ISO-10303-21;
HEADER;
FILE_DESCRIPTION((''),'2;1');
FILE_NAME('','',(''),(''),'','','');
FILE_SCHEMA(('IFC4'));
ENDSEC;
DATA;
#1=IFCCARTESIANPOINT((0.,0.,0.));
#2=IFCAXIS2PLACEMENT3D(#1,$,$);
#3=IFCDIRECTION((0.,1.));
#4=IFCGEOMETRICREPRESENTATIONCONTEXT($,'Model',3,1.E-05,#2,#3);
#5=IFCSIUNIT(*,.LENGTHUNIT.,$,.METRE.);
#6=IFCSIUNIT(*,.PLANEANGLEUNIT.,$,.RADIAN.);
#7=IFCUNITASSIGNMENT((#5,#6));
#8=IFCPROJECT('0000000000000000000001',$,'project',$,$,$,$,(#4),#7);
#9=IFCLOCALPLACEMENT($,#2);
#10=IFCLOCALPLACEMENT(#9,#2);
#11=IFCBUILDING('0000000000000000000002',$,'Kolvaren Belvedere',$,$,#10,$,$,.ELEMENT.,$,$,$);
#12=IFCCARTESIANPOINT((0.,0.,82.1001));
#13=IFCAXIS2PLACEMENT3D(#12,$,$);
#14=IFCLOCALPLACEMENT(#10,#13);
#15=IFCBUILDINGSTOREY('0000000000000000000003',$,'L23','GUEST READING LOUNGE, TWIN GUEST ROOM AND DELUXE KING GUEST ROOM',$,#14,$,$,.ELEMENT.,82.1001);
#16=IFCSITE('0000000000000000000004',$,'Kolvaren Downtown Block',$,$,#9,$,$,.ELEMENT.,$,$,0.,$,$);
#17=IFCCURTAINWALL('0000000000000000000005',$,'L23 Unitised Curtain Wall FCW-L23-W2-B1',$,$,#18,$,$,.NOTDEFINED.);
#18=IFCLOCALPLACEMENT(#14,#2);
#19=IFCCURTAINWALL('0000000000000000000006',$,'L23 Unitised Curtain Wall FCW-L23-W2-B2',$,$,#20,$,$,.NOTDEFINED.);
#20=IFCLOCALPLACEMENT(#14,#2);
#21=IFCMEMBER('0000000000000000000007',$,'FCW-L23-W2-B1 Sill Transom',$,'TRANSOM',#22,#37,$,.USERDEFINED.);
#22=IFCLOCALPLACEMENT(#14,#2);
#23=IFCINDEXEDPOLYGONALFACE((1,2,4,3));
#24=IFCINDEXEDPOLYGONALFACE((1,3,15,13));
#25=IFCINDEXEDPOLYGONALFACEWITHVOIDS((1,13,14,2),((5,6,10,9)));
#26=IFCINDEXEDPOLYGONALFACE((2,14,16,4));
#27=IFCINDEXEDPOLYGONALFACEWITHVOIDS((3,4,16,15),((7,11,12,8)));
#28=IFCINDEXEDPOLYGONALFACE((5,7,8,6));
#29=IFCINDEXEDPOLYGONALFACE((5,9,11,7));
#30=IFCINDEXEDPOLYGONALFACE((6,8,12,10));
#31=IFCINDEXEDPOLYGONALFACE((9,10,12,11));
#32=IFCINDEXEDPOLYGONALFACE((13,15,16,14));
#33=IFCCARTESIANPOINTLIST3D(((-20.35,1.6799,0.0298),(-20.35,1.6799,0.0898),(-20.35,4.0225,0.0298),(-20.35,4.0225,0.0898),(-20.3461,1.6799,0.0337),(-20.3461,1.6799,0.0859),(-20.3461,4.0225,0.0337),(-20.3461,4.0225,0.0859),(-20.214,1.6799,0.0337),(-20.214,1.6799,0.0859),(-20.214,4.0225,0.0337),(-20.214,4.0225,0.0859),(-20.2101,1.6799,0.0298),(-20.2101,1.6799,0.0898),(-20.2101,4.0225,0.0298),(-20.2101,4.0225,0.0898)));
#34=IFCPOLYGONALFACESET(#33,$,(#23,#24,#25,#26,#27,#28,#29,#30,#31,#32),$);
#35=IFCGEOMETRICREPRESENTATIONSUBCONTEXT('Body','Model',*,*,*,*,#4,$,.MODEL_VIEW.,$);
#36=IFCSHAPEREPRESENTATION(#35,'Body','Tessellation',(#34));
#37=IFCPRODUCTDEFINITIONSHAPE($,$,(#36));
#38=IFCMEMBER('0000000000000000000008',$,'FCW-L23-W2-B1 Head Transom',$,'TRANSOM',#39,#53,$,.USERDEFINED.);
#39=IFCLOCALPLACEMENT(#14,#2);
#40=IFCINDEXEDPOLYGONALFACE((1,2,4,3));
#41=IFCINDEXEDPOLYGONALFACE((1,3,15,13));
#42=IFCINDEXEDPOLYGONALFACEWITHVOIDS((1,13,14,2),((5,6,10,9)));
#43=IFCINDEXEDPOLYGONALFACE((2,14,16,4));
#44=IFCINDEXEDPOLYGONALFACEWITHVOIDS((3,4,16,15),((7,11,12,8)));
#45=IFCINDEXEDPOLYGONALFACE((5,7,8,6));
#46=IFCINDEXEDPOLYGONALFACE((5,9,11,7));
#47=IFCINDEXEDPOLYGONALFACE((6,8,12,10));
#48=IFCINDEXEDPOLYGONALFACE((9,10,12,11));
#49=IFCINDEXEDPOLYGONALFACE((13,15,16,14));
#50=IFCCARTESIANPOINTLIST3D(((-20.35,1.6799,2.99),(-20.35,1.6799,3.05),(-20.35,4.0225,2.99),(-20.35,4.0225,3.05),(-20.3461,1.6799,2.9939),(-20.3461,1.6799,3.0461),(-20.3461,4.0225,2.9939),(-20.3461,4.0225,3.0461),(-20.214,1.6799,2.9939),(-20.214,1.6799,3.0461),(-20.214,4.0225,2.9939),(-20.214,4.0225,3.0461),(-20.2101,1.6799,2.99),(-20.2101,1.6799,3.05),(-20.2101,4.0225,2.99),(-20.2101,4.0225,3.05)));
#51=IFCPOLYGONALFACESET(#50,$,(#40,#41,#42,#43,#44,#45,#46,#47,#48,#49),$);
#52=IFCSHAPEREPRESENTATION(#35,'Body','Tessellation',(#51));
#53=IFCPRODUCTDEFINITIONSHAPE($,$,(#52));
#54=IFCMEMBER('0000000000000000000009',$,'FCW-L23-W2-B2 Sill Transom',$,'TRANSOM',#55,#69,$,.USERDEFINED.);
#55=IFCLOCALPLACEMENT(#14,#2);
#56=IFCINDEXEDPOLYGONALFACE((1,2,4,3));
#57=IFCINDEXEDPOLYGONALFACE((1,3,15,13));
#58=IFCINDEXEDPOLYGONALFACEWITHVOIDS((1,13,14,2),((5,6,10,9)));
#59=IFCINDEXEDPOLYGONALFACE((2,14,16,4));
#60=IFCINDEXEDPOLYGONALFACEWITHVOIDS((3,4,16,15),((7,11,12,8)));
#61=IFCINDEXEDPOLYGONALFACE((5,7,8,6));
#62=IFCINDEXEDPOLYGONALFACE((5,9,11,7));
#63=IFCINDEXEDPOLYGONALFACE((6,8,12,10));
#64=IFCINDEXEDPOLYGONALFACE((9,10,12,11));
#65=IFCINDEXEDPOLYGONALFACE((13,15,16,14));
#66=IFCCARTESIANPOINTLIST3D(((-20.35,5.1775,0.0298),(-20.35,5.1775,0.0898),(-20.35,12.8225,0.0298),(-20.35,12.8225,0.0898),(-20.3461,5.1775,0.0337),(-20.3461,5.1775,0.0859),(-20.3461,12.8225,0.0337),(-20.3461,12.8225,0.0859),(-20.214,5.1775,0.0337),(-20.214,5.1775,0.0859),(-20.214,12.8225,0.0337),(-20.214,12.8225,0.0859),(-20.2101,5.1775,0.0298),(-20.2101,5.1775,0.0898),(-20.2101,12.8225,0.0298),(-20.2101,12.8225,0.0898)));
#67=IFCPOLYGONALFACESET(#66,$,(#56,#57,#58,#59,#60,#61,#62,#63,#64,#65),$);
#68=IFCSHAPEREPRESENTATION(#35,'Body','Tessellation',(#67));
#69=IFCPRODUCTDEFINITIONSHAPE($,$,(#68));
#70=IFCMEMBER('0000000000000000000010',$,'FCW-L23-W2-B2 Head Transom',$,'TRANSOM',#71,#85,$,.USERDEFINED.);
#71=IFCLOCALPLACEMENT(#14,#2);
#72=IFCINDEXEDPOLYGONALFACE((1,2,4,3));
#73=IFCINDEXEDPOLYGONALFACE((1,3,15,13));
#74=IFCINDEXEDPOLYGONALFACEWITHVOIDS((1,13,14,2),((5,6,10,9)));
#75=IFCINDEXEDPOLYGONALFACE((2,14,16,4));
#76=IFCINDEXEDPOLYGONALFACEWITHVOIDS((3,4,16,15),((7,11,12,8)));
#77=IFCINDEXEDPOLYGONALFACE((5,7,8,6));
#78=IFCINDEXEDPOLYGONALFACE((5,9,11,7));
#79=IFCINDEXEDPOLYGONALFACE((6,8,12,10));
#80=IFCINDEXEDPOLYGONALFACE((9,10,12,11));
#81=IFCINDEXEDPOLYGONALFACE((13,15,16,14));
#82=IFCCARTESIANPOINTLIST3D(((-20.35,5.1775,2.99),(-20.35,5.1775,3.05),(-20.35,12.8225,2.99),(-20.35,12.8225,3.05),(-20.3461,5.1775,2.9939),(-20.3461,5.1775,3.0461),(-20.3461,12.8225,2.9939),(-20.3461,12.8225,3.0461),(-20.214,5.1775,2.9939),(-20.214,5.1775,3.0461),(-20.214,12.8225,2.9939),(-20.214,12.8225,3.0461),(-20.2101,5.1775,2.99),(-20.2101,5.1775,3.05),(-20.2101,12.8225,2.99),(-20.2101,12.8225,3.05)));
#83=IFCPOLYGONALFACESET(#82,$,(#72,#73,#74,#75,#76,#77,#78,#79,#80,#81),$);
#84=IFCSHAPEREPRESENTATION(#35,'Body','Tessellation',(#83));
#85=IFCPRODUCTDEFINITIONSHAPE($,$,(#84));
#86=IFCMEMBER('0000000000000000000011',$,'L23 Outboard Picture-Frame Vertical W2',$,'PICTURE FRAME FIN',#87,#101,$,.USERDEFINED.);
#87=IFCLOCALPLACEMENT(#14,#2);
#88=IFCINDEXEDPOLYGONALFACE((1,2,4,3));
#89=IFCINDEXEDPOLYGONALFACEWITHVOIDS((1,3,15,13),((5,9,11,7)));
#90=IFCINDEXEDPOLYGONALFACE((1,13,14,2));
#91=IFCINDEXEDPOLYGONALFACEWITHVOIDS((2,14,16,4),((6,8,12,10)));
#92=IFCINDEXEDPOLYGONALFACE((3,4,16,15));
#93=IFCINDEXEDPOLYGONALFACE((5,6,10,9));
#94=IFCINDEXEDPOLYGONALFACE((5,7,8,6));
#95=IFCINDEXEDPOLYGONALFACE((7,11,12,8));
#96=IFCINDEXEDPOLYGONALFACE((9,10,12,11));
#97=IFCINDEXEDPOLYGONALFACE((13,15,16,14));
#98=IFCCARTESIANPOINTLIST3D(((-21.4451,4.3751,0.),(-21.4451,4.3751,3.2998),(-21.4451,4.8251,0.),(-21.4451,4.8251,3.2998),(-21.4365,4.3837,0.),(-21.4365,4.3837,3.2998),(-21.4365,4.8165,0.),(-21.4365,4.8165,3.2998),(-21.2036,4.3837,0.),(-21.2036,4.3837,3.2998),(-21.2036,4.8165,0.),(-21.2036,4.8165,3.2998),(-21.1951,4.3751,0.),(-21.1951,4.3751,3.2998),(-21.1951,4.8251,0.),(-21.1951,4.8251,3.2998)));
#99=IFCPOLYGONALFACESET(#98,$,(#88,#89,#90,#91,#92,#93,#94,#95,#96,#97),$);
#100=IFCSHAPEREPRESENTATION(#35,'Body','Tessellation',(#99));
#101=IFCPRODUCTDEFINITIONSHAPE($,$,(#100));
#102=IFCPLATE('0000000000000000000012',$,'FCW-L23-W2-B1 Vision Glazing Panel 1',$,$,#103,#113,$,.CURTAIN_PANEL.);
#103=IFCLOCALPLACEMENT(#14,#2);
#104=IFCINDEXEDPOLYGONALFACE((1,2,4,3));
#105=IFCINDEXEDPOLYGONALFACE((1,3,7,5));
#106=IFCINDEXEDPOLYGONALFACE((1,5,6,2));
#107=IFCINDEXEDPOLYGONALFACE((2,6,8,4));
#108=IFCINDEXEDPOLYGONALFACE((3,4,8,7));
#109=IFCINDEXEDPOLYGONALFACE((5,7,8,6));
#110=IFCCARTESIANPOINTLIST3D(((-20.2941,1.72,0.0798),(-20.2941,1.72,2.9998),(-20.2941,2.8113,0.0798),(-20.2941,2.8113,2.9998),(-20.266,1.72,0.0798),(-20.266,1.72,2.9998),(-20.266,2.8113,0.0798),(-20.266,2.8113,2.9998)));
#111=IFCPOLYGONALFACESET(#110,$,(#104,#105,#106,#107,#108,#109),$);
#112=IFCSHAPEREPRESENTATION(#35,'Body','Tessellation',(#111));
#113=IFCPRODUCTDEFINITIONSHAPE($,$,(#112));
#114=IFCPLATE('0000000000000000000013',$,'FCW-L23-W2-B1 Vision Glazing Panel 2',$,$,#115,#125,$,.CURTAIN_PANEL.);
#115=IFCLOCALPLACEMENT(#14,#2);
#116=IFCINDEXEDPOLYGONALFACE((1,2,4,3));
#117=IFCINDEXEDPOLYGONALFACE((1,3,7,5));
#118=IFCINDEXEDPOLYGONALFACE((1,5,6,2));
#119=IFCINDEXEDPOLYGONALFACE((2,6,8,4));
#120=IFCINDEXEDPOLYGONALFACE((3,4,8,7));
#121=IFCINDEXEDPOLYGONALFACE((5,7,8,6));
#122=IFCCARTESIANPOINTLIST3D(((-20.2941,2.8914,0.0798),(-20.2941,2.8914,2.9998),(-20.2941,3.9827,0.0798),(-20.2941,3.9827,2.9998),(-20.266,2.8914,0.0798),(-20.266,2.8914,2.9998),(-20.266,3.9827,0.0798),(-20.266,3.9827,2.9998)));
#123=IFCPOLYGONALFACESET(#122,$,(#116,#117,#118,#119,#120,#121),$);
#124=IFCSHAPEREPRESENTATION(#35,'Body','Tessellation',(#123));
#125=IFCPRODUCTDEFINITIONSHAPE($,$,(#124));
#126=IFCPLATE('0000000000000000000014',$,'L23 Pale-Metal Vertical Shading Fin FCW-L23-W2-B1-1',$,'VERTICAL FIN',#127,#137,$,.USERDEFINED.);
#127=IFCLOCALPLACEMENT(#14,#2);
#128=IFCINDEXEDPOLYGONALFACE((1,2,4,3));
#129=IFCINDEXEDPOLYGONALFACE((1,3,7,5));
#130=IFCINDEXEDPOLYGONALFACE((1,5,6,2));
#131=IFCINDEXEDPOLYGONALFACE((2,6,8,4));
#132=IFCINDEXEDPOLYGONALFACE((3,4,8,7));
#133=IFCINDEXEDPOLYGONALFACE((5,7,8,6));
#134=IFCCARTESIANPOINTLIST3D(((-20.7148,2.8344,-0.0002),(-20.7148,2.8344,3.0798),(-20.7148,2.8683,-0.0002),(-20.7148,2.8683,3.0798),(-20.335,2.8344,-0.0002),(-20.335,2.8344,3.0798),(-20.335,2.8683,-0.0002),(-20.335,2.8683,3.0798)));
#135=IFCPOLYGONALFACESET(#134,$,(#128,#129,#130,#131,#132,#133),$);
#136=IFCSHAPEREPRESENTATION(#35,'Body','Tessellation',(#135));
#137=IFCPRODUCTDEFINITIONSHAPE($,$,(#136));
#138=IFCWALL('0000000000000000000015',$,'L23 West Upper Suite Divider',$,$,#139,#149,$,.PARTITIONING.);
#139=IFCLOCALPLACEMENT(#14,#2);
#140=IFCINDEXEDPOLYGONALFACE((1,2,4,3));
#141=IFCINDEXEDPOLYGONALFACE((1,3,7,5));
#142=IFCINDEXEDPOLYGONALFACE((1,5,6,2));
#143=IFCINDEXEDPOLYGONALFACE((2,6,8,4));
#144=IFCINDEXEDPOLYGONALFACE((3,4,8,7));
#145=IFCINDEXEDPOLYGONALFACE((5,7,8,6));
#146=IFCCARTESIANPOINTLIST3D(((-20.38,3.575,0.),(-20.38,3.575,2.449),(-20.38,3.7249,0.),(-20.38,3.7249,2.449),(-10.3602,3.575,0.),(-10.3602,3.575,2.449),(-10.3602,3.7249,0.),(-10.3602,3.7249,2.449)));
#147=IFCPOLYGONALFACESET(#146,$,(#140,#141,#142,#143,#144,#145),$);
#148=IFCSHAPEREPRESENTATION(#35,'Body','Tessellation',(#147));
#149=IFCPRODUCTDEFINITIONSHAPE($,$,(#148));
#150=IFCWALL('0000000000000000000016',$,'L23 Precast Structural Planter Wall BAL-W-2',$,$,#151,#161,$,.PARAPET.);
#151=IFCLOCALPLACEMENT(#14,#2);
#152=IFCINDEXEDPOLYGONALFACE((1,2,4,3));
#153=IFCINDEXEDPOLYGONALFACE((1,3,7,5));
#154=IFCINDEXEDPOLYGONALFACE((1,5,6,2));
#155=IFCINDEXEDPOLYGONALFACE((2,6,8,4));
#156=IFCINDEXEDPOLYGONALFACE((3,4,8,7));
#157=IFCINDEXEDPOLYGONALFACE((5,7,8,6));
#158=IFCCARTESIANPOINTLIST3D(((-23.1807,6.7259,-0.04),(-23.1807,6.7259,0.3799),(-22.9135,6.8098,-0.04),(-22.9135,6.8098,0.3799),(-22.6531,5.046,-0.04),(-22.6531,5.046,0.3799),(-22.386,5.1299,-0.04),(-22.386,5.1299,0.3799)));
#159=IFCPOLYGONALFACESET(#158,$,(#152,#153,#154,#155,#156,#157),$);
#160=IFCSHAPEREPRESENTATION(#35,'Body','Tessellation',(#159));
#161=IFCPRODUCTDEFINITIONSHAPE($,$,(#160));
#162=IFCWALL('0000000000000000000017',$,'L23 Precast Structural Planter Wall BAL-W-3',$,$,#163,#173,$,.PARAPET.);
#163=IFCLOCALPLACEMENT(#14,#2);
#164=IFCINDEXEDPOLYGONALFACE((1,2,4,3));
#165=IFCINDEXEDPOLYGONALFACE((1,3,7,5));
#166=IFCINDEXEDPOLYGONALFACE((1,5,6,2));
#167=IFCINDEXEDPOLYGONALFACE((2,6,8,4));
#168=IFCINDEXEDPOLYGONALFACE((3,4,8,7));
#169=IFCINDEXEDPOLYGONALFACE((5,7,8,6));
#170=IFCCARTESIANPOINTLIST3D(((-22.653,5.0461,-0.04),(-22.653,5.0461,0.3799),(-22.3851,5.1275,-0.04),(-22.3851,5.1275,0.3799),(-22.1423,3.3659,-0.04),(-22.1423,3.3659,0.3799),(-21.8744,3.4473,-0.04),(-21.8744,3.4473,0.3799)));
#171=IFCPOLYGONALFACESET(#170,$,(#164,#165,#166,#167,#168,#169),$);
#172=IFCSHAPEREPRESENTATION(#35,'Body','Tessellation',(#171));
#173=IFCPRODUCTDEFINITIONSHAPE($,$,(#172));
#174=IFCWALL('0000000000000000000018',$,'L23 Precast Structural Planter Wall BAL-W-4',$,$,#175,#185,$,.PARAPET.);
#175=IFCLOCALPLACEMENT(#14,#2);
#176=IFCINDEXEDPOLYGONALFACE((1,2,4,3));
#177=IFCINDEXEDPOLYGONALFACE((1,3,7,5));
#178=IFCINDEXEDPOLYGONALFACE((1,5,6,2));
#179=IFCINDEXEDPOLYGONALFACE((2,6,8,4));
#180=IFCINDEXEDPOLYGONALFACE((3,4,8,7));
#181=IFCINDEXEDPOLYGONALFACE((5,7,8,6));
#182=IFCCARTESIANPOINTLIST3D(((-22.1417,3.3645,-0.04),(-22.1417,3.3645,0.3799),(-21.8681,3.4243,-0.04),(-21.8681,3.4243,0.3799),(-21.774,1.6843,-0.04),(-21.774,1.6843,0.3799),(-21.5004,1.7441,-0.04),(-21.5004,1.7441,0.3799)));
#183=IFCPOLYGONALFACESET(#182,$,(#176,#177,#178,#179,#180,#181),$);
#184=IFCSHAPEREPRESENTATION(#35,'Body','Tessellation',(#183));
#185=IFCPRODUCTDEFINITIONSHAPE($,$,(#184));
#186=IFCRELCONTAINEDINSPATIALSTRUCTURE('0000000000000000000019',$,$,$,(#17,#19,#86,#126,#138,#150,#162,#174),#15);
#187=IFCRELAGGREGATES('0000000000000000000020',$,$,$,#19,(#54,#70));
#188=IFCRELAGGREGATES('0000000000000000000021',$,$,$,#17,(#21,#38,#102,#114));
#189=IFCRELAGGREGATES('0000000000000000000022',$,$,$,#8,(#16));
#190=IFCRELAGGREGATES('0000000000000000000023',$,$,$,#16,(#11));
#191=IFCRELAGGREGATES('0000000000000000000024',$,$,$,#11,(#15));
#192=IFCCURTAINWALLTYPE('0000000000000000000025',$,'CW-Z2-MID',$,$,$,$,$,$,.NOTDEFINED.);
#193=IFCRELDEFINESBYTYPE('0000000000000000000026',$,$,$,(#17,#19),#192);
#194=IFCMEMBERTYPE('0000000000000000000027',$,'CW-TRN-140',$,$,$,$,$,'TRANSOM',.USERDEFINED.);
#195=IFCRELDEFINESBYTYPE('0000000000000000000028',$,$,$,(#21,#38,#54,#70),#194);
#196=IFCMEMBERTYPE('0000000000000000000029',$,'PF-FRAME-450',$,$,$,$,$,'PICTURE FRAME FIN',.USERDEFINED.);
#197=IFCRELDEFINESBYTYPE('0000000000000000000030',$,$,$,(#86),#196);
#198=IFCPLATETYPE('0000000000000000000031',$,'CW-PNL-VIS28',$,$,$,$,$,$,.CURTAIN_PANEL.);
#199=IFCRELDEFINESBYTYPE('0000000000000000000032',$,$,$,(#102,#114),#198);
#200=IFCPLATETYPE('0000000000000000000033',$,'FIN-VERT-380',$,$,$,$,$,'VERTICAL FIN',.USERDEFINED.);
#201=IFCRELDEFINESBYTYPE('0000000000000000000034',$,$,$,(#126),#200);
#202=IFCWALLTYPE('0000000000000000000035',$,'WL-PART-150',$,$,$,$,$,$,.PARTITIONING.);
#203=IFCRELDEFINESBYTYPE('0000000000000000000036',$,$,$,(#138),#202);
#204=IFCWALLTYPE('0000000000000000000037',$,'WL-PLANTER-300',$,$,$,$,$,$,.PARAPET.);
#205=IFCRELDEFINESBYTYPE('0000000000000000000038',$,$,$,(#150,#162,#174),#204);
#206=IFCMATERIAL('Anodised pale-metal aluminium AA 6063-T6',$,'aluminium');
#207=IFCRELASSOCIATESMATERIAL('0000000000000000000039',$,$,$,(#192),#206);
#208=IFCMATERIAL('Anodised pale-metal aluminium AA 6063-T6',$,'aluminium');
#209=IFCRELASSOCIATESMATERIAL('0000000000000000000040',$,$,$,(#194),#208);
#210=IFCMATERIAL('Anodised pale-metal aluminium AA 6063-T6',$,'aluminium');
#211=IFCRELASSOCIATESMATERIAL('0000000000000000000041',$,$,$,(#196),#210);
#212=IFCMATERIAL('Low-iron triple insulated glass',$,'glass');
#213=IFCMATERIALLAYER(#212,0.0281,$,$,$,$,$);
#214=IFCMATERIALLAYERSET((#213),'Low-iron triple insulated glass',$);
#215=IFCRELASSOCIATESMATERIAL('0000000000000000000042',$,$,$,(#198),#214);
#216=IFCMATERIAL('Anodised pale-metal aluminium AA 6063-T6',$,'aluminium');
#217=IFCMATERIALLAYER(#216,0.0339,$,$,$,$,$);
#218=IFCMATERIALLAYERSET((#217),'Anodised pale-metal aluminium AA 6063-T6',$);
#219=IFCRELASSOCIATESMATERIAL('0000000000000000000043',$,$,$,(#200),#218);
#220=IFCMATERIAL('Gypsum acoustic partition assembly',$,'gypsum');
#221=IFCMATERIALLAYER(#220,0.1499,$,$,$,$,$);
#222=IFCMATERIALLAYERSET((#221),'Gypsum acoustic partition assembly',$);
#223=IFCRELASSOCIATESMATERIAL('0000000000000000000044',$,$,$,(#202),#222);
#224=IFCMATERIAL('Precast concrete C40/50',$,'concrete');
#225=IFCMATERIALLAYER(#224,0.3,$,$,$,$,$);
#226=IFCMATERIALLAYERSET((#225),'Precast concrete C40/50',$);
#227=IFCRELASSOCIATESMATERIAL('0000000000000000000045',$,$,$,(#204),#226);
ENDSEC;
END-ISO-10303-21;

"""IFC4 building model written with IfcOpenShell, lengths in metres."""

from ifc_helpers import new_model, si_unit, direction, frame, frame_2d, origin, origin_2d, place, context, subcontext, project, spatial, rectangle, hollow_rectangle, extrude, material, layer, layer_set, material_profile, profile_set, type_object, element, aggregate, save


model = new_model("IFC4")

# Units and contexts
model_context = context("Model", 3, precision=1e-05, world=origin(), true_north=direction((0.0, 1.0)))
body_context = subcontext(model_context, "Body", "Model", "MODEL_VIEW")
ifc_project = project(units=[si_unit("LENGTHUNIT", "METRE"), si_unit("PLANEANGLEUNIT", "RADIAN")], contexts=[model_context])

# Site, building, storey
site_placement = place(None, origin())
site = spatial("IfcSite", under=ifc_project, at=site_placement, Name="Kolvaren Downtown Block", CompositionType="ELEMENT", RefElevation=0.0)
building_placement = place(site_placement, origin())
building = spatial("IfcBuilding", under=site, at=building_placement, Name="Kolvaren Belvedere", CompositionType="ELEMENT")
storey_placement = place(building_placement, frame((0.0, 0.0, 82.1001)))
storey = spatial("IfcBuildingStorey", under=building, at=storey_placement, Name="L23", Description="GUEST READING LOUNGE, TWIN GUEST ROOM AND DELUXE KING GUEST ROOM", CompositionType="ELEMENT", Elevation=82.1001)

# Curtain wall
ifc_material_1 = material(Name="Anodised pale-metal aluminium AA 6063-T6", Category="aluminium")
curtain_wall_type = type_object("IfcCurtainWallType", Name="CW-Z2-MID", PredefinedType="NOTDEFINED", material=ifc_material_1)
curtain_wall_1_placement = place(storey_placement, origin())
curtain_wall_1 = element("IfcCurtainWall", 1, at=curtain_wall_1_placement, inside=storey, type_object=curtain_wall_type, Name="L23 Unitised Curtain Wall FCW-L23-W2-B1", PredefinedType="NOTDEFINED")

# Curtain wall
curtain_wall_2_placement = place(storey_placement, origin())
curtain_wall_2 = element("IfcCurtainWall", 2, at=curtain_wall_2_placement, inside=storey, type_object=curtain_wall_type, Name="L23 Unitised Curtain Wall FCW-L23-W2-B2", PredefinedType="NOTDEFINED")

# Members
ifc_material_2 = material(Name="Anodised pale-metal aluminium AA 6063-T6", Category="aluminium")
ifc_material_profile_1 = material_profile(ifc_material_2, hollow_rectangle(XDim=0.0601, YDim=0.1399, WallThickness=0.0039, at=origin_2d()), Name="ALU-TRN-140X60")
ifc_profile_set_1 = profile_set([ifc_material_profile_1], Name="Anodised pale-metal aluminium AA 6063-T6")
member_type_1 = type_object("IfcMemberType", Name="CW-TRN-140", ElementType="TRANSOM", PredefinedType="USERDEFINED", material=ifc_profile_set_1)
member_1_placement = place(storey_placement, frame((-20.28, 1.6799, 0.0598), z_axis=(0.0, 1.0, 0.0), x_axis=(0.0, 0.0, 1.0)))
member_1 = element("IfcMember", 3, at=member_1_placement, type_object=member_type_1, Name="FCW-L23-W2-B1 Sill Transom", ObjectType="TRANSOM", PredefinedType="USERDEFINED", context=body_context, shape_type="SweptSolid", body=[
    extrude(hollow_rectangle(XDim=0.0601, YDim=0.1399, WallThickness=0.0039, at=origin_2d()), origin(), (0.0, 0.0, 1.0), 2.3425),
])
member_2_placement = place(storey_placement, frame((-20.28, 1.6799, 3.02), z_axis=(0.0, 1.0, 0.0), x_axis=(0.0, 0.0, 1.0)))
member_2 = element("IfcMember", 4, at=member_2_placement, type_object=member_type_1, Name="FCW-L23-W2-B1 Head Transom", ObjectType="TRANSOM", PredefinedType="USERDEFINED", context=body_context, shape_type="SweptSolid", body=[
    extrude(hollow_rectangle(XDim=0.0601, YDim=0.1399, WallThickness=0.0039, at=origin_2d()), origin(), (0.0, 0.0, 1.0), 2.3425),
])
member_3_placement = place(storey_placement, frame((-20.28, 5.1775, 0.0598), z_axis=(0.0, 1.0, 0.0), x_axis=(0.0, 0.0, 1.0)))
member_3 = element("IfcMember", 5, at=member_3_placement, type_object=member_type_1, Name="FCW-L23-W2-B2 Sill Transom", ObjectType="TRANSOM", PredefinedType="USERDEFINED", context=body_context, shape_type="SweptSolid", body=[
    extrude(hollow_rectangle(XDim=0.0601, YDim=0.1399, WallThickness=0.0039, at=origin_2d()), origin(), (0.0, 0.0, 1.0), 7.645),
])
member_4_placement = place(storey_placement, frame((-20.28, 5.1775, 3.02), z_axis=(0.0, 1.0, 0.0), x_axis=(0.0, 0.0, 1.0)))
member_4 = element("IfcMember", 6, at=member_4_placement, type_object=member_type_1, Name="FCW-L23-W2-B2 Head Transom", ObjectType="TRANSOM", PredefinedType="USERDEFINED", context=body_context, shape_type="SweptSolid", body=[
    extrude(hollow_rectangle(XDim=0.0601, YDim=0.1399, WallThickness=0.0039, at=origin_2d()), origin(), (0.0, 0.0, 1.0), 7.645),
])
aggregate(curtain_wall_2, [member_3, member_4])
ifc_material_3 = material(Name="Anodised pale-metal aluminium AA 6063-T6", Category="aluminium")
ifc_material_profile_2 = material_profile(ifc_material_3, hollow_rectangle(XDim=0.25, YDim=0.45, WallThickness=0.0085, at=origin_2d()), Name="ALU-PF-450X250")
ifc_profile_set_2 = profile_set([ifc_material_profile_2], Name="Anodised pale-metal aluminium AA 6063-T6")
member_type_2 = type_object("IfcMemberType", Name="PF-FRAME-450", ElementType="PICTURE FRAME FIN", PredefinedType="USERDEFINED", material=ifc_profile_set_2)
member_5_placement = place(storey_placement, frame((-21.3201, 4.6001, 0.0), z_axis=(0.0, 0.0, 1.0), x_axis=(1.0, 0.0, 0.0)))
element("IfcMember", 7, at=member_5_placement, inside=storey, type_object=member_type_2, Name="L23 Outboard Picture-Frame Vertical W2", ObjectType="PICTURE FRAME FIN", PredefinedType="USERDEFINED", context=body_context, shape_type="SweptSolid", body=[
    extrude(hollow_rectangle(XDim=0.25, YDim=0.45, WallThickness=0.0085, at=origin_2d()), origin(), (0.0, 0.0, 1.0), 3.2998),
])

# Plates
ifc_material_4 = material(Name="Low-iron triple insulated glass", Category="glass")
ifc_layer_1 = layer(ifc_material_4, 0.0281)
ifc_layer_set_1 = layer_set([ifc_layer_1], Name="Low-iron triple insulated glass")
plate_type_1 = type_object("IfcPlateType", Name="CW-PNL-VIS28", PredefinedType="CURTAIN_PANEL", material=ifc_layer_set_1)
plate_1_placement = place(storey_placement, frame((-20.28, 2.2656, 0.0798), z_axis=(0.0, 0.0, 1.0), x_axis=(0.0, 1.0, 0.0)))
plate_1 = element("IfcPlate", 8, at=plate_1_placement, type_object=plate_type_1, Name="FCW-L23-W2-B1 Vision Glazing Panel 1", PredefinedType="CURTAIN_PANEL", context=body_context, shape_type="SweptSolid", body=[
    extrude(rectangle(XDim=1.0913, YDim=0.0281, at=origin_2d()), origin(), (0.0, 0.0, 1.0), 2.9199),
])
plate_2_placement = place(storey_placement, frame((-20.28, 3.437, 0.0798), z_axis=(0.0, 0.0, 1.0), x_axis=(0.0, 1.0, 0.0)))
plate_2 = element("IfcPlate", 9, at=plate_2_placement, type_object=plate_type_1, Name="FCW-L23-W2-B1 Vision Glazing Panel 2", PredefinedType="CURTAIN_PANEL", context=body_context, shape_type="SweptSolid", body=[
    extrude(rectangle(XDim=1.0913, YDim=0.0281, at=origin_2d()), origin(), (0.0, 0.0, 1.0), 2.9199),
])
aggregate(curtain_wall_1, [member_1, member_2, plate_1, plate_2])
ifc_material_5 = material(Name="Anodised pale-metal aluminium AA 6063-T6", Category="aluminium")
ifc_layer_2 = layer(ifc_material_5, 0.0339)
ifc_layer_set_2 = layer_set([ifc_layer_2], Name="Anodised pale-metal aluminium AA 6063-T6")
plate_type_2 = type_object("IfcPlateType", Name="FIN-VERT-380", ElementType="VERTICAL FIN", PredefinedType="USERDEFINED", material=ifc_layer_set_2)
plate_3_placement = place(storey_placement, frame((-20.5249, 2.8513, -0.0002), z_axis=(0.0, 0.0, 1.0), x_axis=(1.0, 0.0, 0.0)))
element("IfcPlate", 10, at=plate_3_placement, inside=storey, type_object=plate_type_2, Name="L23 Pale-Metal Vertical Shading Fin FCW-L23-W2-B1-1", ObjectType="VERTICAL FIN", PredefinedType="USERDEFINED", context=body_context, shape_type="SweptSolid", body=[
    extrude(rectangle(XDim=0.3799, YDim=0.0339, at=origin_2d()), origin(), (0.0, 0.0, 1.0), 3.0801),
])

# Walls
ifc_material_6 = material(Name="Gypsum acoustic partition assembly", Category="gypsum")
ifc_layer_3 = layer(ifc_material_6, 0.1499)
ifc_layer_set_3 = layer_set([ifc_layer_3], Name="Gypsum acoustic partition assembly")
wall_type_1 = type_object("IfcWallType", Name="WL-PART-150", PredefinedType="PARTITIONING", material=ifc_layer_set_3)
wall_1_placement = place(storey_placement, frame((-20.3799, 3.6499, 0.0), z_axis=(0.0, 0.0, 1.0), x_axis=(1.0, 0.0, 0.0)))
element("IfcWall", 11, at=wall_1_placement, inside=storey, type_object=wall_type_1, Name="L23 West Upper Suite Divider", PredefinedType="PARTITIONING", context=body_context, shape_type="SweptSolid", body=[
    extrude(rectangle(XDim=10.0198, YDim=0.1499, at=frame_2d((5.0098, 0.0))), origin(), (0.0, 0.0, 1.0), 2.449),
])
ifc_material_7 = material(Name="Precast concrete C40/50", Category="concrete")
ifc_layer_4 = layer(ifc_material_7, 0.3)
ifc_layer_set_4 = layer_set([ifc_layer_4], Name="Precast concrete C40/50")
wall_type_2 = type_object("IfcWallType", Name="WL-PLANTER-300", PredefinedType="PARAPET", material=ifc_layer_set_4)
wall_2_placement = place(storey_placement, frame((-23.0471, 6.7678, -0.04), z_axis=(0.0, 0.0, 1.0), x_axis=(0.299625, -0.954057, 0.0)))
element("IfcWall", 12, at=wall_2_placement, inside=storey, type_object=wall_type_2, Name="L23 Precast Structural Planter Wall BAL-W-2", PredefinedType="PARAPET", context=body_context, shape_type="SweptSolid", body=[
    extrude(rectangle(XDim=1.7607, YDim=0.28, at=frame_2d((0.8804, 0.0))), origin(), (0.0, 0.0, 1.0), 0.4199),
])
wall_3_placement = place(storey_placement, frame((-22.519, 5.0867, -0.04), z_axis=(0.0, 0.0, 1.0), x_axis=(0.290841, -0.956771, 0.0)))
element("IfcWall", 13, at=wall_3_placement, inside=storey, type_object=wall_type_2, Name="L23 Precast Structural Planter Wall BAL-W-3", PredefinedType="PARAPET", context=body_context, shape_type="SweptSolid", body=[
    extrude(rectangle(XDim=1.7561, YDim=0.28, at=frame_2d((0.8779, 0.0))), origin(), (0.0, 0.0, 1.0), 0.4199),
])
wall_4_placement = place(storey_placement, frame((-22.0049, 3.3943, -0.04), z_axis=(0.0, 0.0, 1.0), x_axis=(0.213773, -0.976883, 0.0)))
element("IfcWall", 14, at=wall_4_placement, inside=storey, type_object=wall_type_2, Name="L23 Precast Structural Planter Wall BAL-W-4", PredefinedType="PARAPET", context=body_context, shape_type="SweptSolid", body=[
    extrude(rectangle(XDim=1.72, YDim=0.28, at=frame_2d((0.8599, 0.0))), origin(), (0.0, 0.0, 1.0), 0.4199),
])

save(model, "model.ifc")
